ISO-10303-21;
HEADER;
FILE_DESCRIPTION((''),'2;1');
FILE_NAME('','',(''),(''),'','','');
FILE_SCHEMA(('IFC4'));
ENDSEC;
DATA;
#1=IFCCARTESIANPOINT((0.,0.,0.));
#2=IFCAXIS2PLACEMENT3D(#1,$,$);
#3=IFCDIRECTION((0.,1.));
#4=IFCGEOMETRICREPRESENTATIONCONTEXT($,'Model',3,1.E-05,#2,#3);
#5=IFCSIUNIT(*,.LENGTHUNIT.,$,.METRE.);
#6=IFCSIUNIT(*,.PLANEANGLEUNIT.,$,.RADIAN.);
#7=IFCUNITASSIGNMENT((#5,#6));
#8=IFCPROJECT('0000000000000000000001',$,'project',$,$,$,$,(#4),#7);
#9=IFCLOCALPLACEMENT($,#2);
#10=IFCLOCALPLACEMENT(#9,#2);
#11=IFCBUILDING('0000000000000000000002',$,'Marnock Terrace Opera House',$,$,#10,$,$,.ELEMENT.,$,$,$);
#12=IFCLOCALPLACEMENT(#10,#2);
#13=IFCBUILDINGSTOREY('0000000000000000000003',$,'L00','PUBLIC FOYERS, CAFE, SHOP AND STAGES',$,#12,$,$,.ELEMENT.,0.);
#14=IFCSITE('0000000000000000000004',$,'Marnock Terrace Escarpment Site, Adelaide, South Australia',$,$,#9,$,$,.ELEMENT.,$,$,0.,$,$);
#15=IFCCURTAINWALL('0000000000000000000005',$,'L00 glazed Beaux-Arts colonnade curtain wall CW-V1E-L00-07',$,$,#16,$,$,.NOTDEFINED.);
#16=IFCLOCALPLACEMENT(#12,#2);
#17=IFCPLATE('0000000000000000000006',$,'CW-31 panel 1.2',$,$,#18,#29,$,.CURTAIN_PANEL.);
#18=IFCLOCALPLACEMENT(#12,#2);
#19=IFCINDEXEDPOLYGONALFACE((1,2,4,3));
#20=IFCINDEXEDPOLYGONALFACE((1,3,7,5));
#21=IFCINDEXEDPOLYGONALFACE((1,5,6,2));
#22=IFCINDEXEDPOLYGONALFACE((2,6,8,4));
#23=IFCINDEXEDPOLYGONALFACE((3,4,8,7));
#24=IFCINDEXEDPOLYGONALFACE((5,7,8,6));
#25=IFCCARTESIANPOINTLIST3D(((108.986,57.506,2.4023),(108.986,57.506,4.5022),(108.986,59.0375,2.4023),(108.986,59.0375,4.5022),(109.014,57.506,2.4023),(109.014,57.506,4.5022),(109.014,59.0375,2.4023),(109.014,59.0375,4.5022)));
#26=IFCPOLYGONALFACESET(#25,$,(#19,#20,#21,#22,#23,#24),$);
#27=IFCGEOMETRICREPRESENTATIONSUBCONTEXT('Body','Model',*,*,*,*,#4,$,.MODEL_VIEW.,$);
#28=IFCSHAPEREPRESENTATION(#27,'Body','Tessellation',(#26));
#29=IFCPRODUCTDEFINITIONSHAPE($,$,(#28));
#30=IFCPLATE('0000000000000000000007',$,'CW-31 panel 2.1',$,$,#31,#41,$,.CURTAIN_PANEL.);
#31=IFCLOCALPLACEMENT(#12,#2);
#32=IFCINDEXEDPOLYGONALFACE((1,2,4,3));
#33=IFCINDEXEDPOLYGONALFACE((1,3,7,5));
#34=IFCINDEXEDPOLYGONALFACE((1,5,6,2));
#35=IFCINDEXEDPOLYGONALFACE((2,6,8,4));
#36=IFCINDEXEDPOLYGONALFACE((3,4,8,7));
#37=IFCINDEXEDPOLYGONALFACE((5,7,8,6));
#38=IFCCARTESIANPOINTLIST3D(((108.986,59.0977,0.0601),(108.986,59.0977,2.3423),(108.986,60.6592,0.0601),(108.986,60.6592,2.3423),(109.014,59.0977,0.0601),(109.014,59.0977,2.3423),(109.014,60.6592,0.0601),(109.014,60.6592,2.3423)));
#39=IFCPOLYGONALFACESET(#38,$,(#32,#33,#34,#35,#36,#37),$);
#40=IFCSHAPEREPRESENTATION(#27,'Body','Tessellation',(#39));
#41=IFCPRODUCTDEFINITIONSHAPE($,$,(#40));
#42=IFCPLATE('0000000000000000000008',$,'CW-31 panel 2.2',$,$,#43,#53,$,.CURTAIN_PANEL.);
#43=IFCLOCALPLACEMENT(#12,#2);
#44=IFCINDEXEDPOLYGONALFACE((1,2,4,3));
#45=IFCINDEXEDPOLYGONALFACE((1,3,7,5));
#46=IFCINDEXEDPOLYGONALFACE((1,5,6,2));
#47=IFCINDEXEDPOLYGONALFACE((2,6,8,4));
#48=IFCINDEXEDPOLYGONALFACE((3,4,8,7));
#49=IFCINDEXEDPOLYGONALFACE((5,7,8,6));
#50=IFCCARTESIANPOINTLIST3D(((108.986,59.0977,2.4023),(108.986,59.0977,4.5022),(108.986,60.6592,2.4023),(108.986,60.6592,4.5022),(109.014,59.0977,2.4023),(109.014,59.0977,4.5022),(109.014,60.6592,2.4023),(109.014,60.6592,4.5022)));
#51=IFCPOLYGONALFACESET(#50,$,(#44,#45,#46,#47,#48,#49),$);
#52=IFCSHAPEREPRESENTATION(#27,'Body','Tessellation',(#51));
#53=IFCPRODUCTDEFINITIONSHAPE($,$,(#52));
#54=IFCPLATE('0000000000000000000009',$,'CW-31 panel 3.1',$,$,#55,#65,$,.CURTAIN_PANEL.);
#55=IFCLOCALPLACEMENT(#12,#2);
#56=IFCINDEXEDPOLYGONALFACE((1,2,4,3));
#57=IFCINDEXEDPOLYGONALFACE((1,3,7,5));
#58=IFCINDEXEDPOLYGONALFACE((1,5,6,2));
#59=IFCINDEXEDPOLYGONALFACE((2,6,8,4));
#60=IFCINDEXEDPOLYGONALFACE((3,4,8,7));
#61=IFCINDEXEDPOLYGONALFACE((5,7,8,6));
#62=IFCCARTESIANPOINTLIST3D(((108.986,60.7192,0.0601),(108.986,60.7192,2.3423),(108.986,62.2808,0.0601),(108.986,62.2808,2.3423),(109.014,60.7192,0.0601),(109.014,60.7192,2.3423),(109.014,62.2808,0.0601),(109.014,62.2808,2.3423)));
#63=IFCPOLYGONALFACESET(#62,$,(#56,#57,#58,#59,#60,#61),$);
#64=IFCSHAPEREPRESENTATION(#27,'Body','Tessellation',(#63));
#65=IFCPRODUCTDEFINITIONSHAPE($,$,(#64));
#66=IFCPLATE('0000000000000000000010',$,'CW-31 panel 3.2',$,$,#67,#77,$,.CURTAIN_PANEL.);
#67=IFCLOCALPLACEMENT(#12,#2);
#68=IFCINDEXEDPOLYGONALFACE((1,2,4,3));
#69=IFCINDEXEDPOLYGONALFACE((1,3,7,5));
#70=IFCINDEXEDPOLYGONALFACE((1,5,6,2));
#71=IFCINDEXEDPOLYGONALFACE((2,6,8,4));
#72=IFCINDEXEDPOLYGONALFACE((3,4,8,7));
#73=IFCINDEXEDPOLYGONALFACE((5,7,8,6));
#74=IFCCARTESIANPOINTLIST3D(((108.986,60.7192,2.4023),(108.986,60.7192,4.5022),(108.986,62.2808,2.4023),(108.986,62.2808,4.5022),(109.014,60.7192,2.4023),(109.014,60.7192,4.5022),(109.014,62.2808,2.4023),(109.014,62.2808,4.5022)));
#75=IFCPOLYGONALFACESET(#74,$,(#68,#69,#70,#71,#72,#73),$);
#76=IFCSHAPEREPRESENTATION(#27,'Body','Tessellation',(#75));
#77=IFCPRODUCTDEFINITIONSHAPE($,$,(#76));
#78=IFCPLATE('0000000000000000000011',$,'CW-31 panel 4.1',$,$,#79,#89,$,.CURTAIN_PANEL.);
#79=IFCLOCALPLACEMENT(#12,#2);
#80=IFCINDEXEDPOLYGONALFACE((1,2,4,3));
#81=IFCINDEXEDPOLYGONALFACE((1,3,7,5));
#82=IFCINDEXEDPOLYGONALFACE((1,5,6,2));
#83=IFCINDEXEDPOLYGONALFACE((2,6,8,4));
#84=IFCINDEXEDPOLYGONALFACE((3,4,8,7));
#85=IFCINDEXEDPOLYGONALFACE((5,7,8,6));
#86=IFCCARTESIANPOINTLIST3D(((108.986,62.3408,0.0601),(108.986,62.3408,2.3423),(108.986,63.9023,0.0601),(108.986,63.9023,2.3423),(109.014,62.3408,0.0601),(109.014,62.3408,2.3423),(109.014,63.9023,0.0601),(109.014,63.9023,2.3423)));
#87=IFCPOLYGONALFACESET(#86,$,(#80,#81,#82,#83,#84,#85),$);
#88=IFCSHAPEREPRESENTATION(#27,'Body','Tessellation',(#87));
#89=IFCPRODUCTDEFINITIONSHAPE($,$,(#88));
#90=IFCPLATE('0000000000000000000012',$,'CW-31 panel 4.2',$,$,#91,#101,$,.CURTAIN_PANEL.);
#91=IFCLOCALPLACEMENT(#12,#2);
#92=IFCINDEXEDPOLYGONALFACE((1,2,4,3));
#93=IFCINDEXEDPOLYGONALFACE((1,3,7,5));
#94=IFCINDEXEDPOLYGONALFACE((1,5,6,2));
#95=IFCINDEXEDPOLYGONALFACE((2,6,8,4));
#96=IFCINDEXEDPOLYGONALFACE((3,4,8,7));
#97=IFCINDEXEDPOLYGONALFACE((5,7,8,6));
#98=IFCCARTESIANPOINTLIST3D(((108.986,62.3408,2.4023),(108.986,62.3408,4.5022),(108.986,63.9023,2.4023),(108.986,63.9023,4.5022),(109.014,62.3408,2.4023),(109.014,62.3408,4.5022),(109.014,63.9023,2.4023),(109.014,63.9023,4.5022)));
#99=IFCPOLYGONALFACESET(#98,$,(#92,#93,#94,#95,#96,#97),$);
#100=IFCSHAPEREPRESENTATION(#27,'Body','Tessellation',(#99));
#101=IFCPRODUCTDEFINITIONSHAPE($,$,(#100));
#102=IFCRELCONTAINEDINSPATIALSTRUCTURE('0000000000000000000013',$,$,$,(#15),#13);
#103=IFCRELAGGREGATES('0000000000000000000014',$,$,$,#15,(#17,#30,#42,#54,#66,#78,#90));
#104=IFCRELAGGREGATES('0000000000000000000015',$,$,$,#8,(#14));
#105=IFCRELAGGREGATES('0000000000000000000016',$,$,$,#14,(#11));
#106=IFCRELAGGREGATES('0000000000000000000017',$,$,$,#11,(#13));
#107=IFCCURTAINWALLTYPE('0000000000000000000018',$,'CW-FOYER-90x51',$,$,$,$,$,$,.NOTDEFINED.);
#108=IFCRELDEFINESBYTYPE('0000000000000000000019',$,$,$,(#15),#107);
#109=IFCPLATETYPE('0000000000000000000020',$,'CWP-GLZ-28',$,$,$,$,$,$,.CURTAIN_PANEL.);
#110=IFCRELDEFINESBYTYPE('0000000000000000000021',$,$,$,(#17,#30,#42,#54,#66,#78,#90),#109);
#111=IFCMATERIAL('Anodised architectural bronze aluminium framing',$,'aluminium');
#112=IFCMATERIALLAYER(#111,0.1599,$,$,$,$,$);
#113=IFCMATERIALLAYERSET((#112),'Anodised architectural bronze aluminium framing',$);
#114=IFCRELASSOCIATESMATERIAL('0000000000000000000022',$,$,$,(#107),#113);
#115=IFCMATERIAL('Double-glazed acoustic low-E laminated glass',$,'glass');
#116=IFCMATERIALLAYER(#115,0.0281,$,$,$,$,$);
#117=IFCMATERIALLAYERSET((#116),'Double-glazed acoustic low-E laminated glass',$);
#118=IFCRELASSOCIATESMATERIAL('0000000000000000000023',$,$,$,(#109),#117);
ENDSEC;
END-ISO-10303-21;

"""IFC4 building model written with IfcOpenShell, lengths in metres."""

from ifc_helpers import new_model, si_unit, direction, frame, origin, origin_2d, place, context, subcontext, project, spatial, rectangle, extrude, material, layer, layer_set, type_object, element, aggregate, save


model = new_model("IFC4")

# Units and contexts
model_context = context("Model", 3, precision=1e-05, world=origin(), true_north=direction((0.0, 1.0)))
body_context = subcontext(model_context, "Body", "Model", "MODEL_VIEW")
ifc_project = project(units=[si_unit("LENGTHUNIT", "METRE"), si_unit("PLANEANGLEUNIT", "RADIAN")], contexts=[model_context])

# Site, building, storey
site_placement = place(None, origin())
site = spatial("IfcSite", under=ifc_project, at=site_placement, Name="Marnock Terrace Escarpment Site, Adelaide, South Australia", CompositionType="ELEMENT", RefElevation=0.0)
building_placement = place(site_placement, origin())
building = spatial("IfcBuilding", under=site, at=building_placement, Name="Marnock Terrace Opera House", CompositionType="ELEMENT")
storey_placement = place(building_placement, origin())
storey = spatial("IfcBuildingStorey", under=building, at=storey_placement, Name="L00", Description="PUBLIC FOYERS, CAFE, SHOP AND STAGES", CompositionType="ELEMENT", Elevation=0.0)

# Curtain wall
ifc_material_1 = material(Name="Anodised architectural bronze aluminium framing", Category="aluminium")
ifc_layer_1 = layer(ifc_material_1, 0.1599)
ifc_layer_set_1 = layer_set([ifc_layer_1], Name="Anodised architectural bronze aluminium framing")
curtain_wall_type_1 = type_object("IfcCurtainWallType", Name="CW-FOYER-90x51", PredefinedType="NOTDEFINED", material=ifc_layer_set_1)
curtain_wall_1_placement = place(storey_placement, origin())
curtain_wall_1 = element("IfcCurtainWall", 1, at=curtain_wall_1_placement, inside=storey, type_object=curtain_wall_type_1, Name="L00 glazed Beaux-Arts colonnade curtain wall CW-V1E-L00-07", PredefinedType="NOTDEFINED")

# Plates
ifc_material_2 = material(Name="Double-glazed acoustic low-E laminated glass", Category="glass")
ifc_layer_2 = layer(ifc_material_2, 0.0281)
ifc_layer_set_2 = layer_set([ifc_layer_2], Name="Double-glazed acoustic low-E laminated glass")
plate_type = type_object("IfcPlateType", Name="CWP-GLZ-28", PredefinedType="CURTAIN_PANEL", material=ifc_layer_set_2)
plate_1_placement = place(storey_placement, frame((109.0, 58.2717, 2.4023), z_axis=(0.0, 0.0, 1.0), x_axis=(0.0, 1.0, 0.0)))
plate_1 = element("IfcPlate", 2, at=plate_1_placement, type_object=plate_type, Name="CW-31 panel 1.2", PredefinedType="CURTAIN_PANEL", context=body_context, shape_type="SweptSolid", body=[
    extrude(rectangle(XDim=1.5315, YDim=0.0281, at=origin_2d()), origin(), (0.0, 0.0, 1.0), 2.0999),
])
plate_2_placement = place(storey_placement, frame((109.0, 59.8784, 0.0601), z_axis=(0.0, 0.0, 1.0), x_axis=(0.0, 1.0, 0.0)))
plate_2 = element("IfcPlate", 3, at=plate_2_placement, type_object=plate_type, Name="CW-31 panel 2.1", PredefinedType="CURTAIN_PANEL", context=body_context, shape_type="SweptSolid", body=[
    extrude(rectangle(XDim=1.5615, YDim=0.0281, at=origin_2d()), origin(), (0.0, 0.0, 1.0), 2.2822),
])
plate_3_placement = place(storey_placement, frame((109.0, 59.8784, 2.4023), z_axis=(0.0, 0.0, 1.0), x_axis=(0.0, 1.0, 0.0)))
plate_3 = element("IfcPlate", 4, at=plate_3_placement, type_object=plate_type, Name="CW-31 panel 2.2", PredefinedType="CURTAIN_PANEL", context=body_context, shape_type="SweptSolid", body=[
    extrude(rectangle(XDim=1.5615, YDim=0.0281, at=origin_2d()), origin(), (0.0, 0.0, 1.0), 2.0999),
])
plate_4_placement = place(storey_placement, frame((109.0, 61.5, 0.0601), z_axis=(0.0, 0.0, 1.0), x_axis=(0.0, 1.0, 0.0)))
plate_4 = element("IfcPlate", 5, at=plate_4_placement, type_object=plate_type, Name="CW-31 panel 3.1", PredefinedType="CURTAIN_PANEL", context=body_context, shape_type="SweptSolid", body=[
    extrude(rectangle(XDim=1.5615, YDim=0.0281, at=origin_2d()), origin(), (0.0, 0.0, 1.0), 2.2822),
])
plate_5_placement = place(storey_placement, frame((109.0, 61.5, 2.4023), z_axis=(0.0, 0.0, 1.0), x_axis=(0.0, 1.0, 0.0)))
plate_5 = element("IfcPlate", 6, at=plate_5_placement, type_object=plate_type, Name="CW-31 panel 3.2", PredefinedType="CURTAIN_PANEL", context=body_context, shape_type="SweptSolid", body=[
    extrude(rectangle(XDim=1.5615, YDim=0.0281, at=origin_2d()), origin(), (0.0, 0.0, 1.0), 2.0999),
])
plate_6_placement = place(storey_placement, frame((109.0, 63.1216, 0.0601), z_axis=(0.0, 0.0, 1.0), x_axis=(0.0, 1.0, 0.0)))
plate_6 = element("IfcPlate", 7, at=plate_6_placement, type_object=plate_type, Name="CW-31 panel 4.1", PredefinedType="CURTAIN_PANEL", context=body_context, shape_type="SweptSolid", body=[
    extrude(rectangle(XDim=1.5615, YDim=0.0281, at=origin_2d()), origin(), (0.0, 0.0, 1.0), 2.2822),
])
plate_7_placement = place(storey_placement, frame((109.0, 63.1216, 2.4023), z_axis=(0.0, 0.0, 1.0), x_axis=(0.0, 1.0, 0.0)))
plate_7 = element("IfcPlate", 8, at=plate_7_placement, type_object=plate_type, Name="CW-31 panel 4.2", PredefinedType="CURTAIN_PANEL", context=body_context, shape_type="SweptSolid", body=[
    extrude(rectangle(XDim=1.5615, YDim=0.0281, at=origin_2d()), origin(), (0.0, 0.0, 1.0), 2.0999),
])
aggregate(curtain_wall_1, [plate_1, plate_2, plate_3, plate_4, plate_5, plate_6, plate_7])

save(model, "model.ifc")
